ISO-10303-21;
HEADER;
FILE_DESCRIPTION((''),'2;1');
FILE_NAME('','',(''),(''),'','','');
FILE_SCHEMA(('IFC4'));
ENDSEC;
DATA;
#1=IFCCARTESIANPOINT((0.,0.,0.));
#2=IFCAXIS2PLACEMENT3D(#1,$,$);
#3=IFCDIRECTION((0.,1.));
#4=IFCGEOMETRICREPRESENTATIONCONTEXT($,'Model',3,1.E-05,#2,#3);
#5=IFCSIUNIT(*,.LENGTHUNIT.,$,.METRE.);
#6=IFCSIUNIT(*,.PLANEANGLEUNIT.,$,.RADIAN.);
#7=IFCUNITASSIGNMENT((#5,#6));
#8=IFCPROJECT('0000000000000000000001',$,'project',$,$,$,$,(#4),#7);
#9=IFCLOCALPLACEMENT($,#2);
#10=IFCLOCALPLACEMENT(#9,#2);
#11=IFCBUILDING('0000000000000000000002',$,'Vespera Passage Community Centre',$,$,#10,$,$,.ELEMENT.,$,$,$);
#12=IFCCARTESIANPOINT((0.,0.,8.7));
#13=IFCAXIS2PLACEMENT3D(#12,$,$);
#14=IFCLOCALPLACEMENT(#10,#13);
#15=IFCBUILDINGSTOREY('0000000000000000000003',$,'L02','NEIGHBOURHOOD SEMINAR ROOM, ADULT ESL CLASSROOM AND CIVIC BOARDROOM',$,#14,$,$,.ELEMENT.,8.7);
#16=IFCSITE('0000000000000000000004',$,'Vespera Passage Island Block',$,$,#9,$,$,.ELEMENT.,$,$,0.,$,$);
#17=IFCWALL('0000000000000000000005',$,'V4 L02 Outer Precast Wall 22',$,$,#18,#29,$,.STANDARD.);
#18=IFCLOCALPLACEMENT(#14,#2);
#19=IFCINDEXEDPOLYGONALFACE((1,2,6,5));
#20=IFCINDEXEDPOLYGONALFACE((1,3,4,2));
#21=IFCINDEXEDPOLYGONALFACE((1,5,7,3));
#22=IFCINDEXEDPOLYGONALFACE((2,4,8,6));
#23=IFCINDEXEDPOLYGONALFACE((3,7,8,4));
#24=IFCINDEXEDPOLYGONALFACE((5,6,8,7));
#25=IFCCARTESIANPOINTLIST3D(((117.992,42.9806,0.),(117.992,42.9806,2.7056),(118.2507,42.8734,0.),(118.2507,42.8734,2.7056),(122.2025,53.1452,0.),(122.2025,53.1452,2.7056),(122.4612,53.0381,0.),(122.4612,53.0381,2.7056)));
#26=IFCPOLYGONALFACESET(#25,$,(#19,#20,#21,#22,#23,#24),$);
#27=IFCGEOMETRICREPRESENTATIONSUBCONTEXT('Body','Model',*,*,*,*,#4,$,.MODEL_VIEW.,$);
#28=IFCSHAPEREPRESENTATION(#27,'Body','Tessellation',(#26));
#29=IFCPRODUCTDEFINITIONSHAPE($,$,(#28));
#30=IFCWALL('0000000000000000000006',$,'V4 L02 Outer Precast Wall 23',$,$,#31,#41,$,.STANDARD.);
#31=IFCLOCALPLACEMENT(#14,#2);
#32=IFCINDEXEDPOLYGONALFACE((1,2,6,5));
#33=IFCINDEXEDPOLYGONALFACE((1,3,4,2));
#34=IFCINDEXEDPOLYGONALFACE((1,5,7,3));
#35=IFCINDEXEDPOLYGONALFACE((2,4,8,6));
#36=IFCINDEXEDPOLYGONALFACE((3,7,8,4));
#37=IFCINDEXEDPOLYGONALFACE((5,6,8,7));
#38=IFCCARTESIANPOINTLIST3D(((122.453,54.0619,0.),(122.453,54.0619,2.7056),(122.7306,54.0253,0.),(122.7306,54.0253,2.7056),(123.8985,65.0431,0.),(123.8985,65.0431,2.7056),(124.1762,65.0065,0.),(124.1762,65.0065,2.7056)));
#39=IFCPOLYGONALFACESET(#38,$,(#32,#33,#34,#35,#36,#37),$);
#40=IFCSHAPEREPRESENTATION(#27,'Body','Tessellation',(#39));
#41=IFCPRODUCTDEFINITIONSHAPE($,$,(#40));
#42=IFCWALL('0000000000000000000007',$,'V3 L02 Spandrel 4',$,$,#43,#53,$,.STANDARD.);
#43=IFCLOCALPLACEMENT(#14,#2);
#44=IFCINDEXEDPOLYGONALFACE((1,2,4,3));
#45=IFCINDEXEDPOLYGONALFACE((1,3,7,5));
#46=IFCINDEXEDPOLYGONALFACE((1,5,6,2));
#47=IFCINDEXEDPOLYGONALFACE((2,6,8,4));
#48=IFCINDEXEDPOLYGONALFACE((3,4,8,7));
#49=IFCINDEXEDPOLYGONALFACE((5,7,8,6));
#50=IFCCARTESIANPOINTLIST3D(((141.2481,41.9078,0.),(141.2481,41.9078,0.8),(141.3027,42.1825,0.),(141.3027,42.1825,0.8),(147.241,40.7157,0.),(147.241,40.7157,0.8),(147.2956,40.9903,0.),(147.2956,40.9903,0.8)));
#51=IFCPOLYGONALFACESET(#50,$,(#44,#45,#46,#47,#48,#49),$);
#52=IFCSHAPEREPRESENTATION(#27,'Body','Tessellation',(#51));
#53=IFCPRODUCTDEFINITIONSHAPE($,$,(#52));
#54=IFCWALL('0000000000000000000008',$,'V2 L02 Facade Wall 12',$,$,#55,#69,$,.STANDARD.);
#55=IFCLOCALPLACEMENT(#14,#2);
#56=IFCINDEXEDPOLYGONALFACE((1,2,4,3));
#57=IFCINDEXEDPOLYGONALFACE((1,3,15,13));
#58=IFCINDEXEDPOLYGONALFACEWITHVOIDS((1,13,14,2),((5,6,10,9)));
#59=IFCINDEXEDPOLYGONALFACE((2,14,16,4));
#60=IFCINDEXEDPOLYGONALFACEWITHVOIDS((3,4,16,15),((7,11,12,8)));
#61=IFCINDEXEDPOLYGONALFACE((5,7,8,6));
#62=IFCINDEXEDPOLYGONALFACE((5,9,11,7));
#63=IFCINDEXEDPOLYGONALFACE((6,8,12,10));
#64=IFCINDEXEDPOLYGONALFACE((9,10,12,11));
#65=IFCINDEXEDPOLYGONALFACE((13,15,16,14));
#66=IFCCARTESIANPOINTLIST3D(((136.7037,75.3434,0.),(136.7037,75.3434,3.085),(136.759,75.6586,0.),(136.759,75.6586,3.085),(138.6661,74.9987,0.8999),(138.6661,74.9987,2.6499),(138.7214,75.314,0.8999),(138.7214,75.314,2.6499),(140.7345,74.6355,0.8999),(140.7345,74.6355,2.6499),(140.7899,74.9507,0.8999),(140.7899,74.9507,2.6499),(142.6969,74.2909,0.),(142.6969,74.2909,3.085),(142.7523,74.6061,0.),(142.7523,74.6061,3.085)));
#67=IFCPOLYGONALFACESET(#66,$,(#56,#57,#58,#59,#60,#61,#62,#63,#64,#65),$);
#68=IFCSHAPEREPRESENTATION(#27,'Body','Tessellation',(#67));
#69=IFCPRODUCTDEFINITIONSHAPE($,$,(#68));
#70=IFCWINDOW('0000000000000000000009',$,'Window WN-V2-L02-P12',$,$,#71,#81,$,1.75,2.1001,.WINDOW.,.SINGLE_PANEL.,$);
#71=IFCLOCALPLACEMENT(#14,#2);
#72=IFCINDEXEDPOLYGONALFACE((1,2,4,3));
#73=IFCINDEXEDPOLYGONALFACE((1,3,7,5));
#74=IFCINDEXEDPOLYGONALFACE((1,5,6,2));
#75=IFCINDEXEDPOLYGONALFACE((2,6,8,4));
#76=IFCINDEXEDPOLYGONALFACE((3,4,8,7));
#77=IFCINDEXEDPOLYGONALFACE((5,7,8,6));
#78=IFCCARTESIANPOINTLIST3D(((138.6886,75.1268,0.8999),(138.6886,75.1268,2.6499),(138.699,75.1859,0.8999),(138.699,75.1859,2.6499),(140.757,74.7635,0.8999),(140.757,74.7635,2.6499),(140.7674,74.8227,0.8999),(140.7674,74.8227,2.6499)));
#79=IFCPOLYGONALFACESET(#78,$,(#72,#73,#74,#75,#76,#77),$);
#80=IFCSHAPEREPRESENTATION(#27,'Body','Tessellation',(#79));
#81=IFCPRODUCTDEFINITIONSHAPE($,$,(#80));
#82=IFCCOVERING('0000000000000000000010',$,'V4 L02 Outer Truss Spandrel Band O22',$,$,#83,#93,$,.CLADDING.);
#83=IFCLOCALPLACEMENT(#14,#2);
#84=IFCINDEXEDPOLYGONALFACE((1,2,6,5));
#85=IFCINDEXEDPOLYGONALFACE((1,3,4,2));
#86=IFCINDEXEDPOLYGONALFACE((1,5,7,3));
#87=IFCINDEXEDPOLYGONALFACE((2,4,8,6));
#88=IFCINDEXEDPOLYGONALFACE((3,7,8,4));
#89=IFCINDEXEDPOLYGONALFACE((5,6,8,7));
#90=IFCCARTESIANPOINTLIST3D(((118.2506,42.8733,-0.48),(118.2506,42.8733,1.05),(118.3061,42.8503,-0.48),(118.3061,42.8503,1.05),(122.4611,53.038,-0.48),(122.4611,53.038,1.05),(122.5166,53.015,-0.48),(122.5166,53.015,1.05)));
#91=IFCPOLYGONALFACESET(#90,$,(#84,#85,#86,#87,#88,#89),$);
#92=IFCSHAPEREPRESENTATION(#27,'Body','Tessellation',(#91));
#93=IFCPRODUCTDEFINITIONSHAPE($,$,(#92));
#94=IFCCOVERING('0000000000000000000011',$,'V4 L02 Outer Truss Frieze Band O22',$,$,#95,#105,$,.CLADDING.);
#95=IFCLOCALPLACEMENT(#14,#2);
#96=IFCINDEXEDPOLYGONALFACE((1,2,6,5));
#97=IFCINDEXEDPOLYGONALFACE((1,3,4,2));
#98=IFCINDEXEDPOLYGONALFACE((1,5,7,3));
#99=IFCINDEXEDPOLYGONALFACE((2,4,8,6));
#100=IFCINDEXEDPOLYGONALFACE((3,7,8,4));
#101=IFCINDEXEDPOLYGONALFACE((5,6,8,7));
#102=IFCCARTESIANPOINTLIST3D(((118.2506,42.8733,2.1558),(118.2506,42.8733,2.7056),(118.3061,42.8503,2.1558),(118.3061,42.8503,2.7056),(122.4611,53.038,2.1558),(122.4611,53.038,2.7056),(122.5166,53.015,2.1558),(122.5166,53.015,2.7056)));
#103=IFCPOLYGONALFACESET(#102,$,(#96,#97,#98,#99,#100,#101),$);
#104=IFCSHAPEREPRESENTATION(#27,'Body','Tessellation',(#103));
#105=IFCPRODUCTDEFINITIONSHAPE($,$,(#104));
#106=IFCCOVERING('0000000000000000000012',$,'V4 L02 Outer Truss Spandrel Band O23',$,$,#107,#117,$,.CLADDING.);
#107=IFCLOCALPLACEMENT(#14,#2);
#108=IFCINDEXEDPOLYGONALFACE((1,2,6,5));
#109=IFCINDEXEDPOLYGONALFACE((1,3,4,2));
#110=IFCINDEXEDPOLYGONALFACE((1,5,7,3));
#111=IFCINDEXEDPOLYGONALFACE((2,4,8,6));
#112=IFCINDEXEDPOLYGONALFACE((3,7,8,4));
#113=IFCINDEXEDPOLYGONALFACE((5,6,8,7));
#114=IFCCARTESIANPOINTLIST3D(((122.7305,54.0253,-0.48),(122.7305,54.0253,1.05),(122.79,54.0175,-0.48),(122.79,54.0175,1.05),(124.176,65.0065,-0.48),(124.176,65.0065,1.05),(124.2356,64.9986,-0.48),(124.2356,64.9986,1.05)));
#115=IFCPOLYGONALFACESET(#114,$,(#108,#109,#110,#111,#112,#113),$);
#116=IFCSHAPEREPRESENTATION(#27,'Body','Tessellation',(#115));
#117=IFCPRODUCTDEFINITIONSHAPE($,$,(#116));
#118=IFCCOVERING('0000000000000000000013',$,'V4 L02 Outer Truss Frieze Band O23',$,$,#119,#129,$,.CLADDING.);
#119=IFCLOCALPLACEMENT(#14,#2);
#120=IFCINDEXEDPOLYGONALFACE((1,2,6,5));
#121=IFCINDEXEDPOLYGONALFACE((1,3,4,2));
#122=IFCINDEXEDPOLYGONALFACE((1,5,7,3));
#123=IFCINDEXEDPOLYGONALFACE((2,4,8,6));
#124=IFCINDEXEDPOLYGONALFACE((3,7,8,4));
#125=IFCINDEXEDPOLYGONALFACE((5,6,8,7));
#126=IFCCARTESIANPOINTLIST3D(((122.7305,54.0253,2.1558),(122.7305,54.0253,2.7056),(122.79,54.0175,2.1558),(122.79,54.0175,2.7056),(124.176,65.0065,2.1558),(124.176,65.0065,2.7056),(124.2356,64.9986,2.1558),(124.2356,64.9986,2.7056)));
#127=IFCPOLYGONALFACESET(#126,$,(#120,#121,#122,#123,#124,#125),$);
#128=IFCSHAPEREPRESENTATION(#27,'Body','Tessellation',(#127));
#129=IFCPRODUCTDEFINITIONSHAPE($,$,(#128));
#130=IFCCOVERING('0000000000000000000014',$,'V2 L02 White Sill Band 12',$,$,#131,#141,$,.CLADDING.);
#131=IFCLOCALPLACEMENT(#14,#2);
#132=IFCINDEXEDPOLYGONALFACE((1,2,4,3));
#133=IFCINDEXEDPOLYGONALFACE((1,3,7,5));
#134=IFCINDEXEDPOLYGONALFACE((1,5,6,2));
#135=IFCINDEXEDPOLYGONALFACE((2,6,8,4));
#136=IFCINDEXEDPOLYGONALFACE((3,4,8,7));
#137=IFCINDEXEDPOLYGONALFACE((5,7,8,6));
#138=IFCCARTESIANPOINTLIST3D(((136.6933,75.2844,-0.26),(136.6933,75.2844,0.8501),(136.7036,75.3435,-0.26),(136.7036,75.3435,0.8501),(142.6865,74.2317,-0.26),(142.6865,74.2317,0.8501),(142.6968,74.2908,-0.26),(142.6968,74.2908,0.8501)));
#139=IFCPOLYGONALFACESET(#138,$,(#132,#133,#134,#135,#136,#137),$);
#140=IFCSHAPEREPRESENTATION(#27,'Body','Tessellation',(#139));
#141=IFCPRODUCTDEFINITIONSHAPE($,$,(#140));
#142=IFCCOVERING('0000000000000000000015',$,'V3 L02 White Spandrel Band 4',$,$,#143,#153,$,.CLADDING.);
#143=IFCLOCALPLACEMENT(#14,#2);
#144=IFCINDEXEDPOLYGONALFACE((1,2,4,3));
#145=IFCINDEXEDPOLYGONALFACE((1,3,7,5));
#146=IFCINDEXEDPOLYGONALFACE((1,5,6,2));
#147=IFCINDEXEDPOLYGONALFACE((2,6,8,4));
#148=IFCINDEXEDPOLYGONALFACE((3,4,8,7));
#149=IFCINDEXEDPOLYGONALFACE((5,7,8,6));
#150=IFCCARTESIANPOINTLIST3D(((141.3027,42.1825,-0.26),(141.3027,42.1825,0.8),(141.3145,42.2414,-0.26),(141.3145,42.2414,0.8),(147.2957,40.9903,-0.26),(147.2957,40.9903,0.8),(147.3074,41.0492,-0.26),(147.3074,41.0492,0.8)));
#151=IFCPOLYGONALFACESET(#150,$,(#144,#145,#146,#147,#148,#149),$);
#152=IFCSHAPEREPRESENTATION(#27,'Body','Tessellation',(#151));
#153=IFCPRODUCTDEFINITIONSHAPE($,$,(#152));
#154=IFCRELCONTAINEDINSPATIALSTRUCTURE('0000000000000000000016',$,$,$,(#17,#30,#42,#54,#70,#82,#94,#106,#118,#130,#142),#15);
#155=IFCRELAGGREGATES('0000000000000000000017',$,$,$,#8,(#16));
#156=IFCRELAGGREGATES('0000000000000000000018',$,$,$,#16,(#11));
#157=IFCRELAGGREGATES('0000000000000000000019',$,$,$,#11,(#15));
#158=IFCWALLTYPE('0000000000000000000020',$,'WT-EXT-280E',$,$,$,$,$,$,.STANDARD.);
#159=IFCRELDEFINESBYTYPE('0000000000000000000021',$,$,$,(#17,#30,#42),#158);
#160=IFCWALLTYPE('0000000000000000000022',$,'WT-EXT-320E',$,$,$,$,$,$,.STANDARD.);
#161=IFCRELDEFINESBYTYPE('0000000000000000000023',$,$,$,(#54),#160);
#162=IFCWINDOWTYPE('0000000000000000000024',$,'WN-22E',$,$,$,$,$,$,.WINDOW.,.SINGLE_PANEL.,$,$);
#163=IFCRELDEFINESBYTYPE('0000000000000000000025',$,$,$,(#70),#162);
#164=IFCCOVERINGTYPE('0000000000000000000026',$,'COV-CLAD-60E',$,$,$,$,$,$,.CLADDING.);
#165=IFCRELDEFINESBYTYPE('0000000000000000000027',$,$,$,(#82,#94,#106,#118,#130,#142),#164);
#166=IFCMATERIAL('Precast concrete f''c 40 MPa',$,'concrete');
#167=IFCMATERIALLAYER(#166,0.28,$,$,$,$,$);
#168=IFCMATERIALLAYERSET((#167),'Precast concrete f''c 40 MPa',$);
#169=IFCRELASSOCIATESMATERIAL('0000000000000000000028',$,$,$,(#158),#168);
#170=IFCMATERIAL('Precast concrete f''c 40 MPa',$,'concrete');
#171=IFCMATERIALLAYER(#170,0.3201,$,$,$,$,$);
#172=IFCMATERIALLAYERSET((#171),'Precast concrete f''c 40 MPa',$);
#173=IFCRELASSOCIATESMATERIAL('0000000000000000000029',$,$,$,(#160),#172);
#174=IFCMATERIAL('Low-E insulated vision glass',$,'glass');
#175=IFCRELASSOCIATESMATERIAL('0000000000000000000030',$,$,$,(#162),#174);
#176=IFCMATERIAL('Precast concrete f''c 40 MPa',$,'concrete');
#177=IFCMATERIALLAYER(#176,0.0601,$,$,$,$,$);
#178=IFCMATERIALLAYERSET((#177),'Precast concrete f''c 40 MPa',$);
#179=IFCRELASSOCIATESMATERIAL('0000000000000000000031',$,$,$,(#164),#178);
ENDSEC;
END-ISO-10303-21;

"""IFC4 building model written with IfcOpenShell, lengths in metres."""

from ifc_helpers import new_model, si_unit, direction, frame, frame_2d, origin, place, context, subcontext, project, spatial, rectangle, extrude, material, layer, layer_set, type_object, element, fill, save


model = new_model("IFC4")

# Units and contexts
model_context = context("Model", 3, precision=1e-05, world=origin(), true_north=direction((0.0, 1.0)))
body_context = subcontext(model_context, "Body", "Model", "MODEL_VIEW")
ifc_project = project(units=[si_unit("LENGTHUNIT", "METRE"), si_unit("PLANEANGLEUNIT", "RADIAN")], contexts=[model_context])

# Site, building, storey
site_placement = place(None, origin())
site = spatial("IfcSite", under=ifc_project, at=site_placement, Name="Vespera Passage Island Block", CompositionType="ELEMENT", RefElevation=0.0)
building_placement = place(site_placement, origin())
building = spatial("IfcBuilding", under=site, at=building_placement, Name="Vespera Passage Community Centre", CompositionType="ELEMENT")
storey_placement = place(building_placement, frame((0.0, 0.0, 8.7)))
storey = spatial("IfcBuildingStorey", under=building, at=storey_placement, Name="L02", Description="NEIGHBOURHOOD SEMINAR ROOM, ADULT ESL CLASSROOM AND CIVIC BOARDROOM", CompositionType="ELEMENT", Elevation=8.7)

# Walls
ifc_material_1 = material(Name="Precast concrete f'c 40 MPa", Category="concrete")
ifc_layer_1 = layer(ifc_material_1, 0.28)
ifc_layer_set_1 = layer_set([ifc_layer_1], Name="Precast concrete f'c 40 MPa")
wall_type_1 = type_object("IfcWallType", Name="WT-EXT-280E", PredefinedType="STANDARD", material=ifc_layer_set_1)
wall_1_placement = place(storey_placement, frame((122.3318, 53.0916, 0.0), z_axis=(0.0, 0.0, 1.0), x_axis=(-0.382695, -0.923875, 0.0)))
element("IfcWall", 1, at=wall_1_placement, inside=storey, type_object=wall_type_1, Name="V4 L02 Outer Precast Wall 22", PredefinedType="STANDARD", context=body_context, shape_type="SweptSolid", body=[
    extrude(rectangle(XDim=11.0022, YDim=0.28, at=frame_2d((5.501, 0.0))), origin(), (0.0, 0.0, 1.0), 2.7056),
])
wall_2_placement = place(storey_placement, frame((124.0374, 65.0249, 0.0), z_axis=(0.0, 0.0, 1.0), x_axis=(-0.130513, -0.991447, 0.0)))
element("IfcWall", 2, at=wall_2_placement, inside=storey, type_object=wall_type_1, Name="V4 L02 Outer Precast Wall 23", PredefinedType="STANDARD", context=body_context, shape_type="SweptSolid", body=[
    extrude(rectangle(XDim=11.0759, YDim=0.28, at=frame_2d((5.5381, 0.0))), origin(), (0.0, 0.0, 1.0), 2.7056),
])
wall_3_placement = place(storey_placement, frame((141.2754, 42.0452, 0.0), z_axis=(0.0, 0.0, 1.0), x_axis=(0.980783, -0.195102, 0.0)))
element("IfcWall", 3, at=wall_3_placement, inside=storey, type_object=wall_type_1, Name="V3 L02 Spandrel 4", PredefinedType="STANDARD", context=body_context, shape_type="SweptSolid", body=[
    extrude(rectangle(XDim=6.1104, YDim=0.28, at=frame_2d((3.0552, 0.0))), origin(), (0.0, 0.0, 1.0), 0.8),
])

# Wall, opening, window
ifc_material_2 = material(Name="Precast concrete f'c 40 MPa", Category="concrete")
ifc_layer_2 = layer(ifc_material_2, 0.3201)
ifc_layer_set_2 = layer_set([ifc_layer_2], Name="Precast concrete f'c 40 MPa")
wall_type_2 = type_object("IfcWallType", Name="WT-EXT-320E", PredefinedType="STANDARD", material=ifc_layer_set_2)
wall_4_placement = place(storey_placement, frame((142.7246, 74.4485, 0.0), z_axis=(0.0, 0.0, 1.0), x_axis=(-0.984927, 0.172968, 0.0)))
wall_4 = element("IfcWall", 4, at=wall_4_placement, inside=storey, type_object=wall_type_2, Name="V2 L02 Facade Wall 12", PredefinedType="STANDARD", context=body_context, shape_type="SweptSolid", body=[
    extrude(rectangle(XDim=6.085, YDim=0.3201, at=frame_2d((3.0425, 0.0))), origin(), (0.0, 0.0, 1.0), 3.085),
])
opening_placement = place(wall_4_placement, frame((1.9924, 0.0, 0.8999)))
opening = element("IfcOpeningElement", 5, at=opening_placement, cuts=wall_4, PredefinedType="OPENING", context=body_context, shape_type="SweptSolid", body=[
    extrude(rectangle(XDim=2.1001, YDim=1.75, at=frame_2d((1.05, 0.875))), frame((0.0, 0.1702, 0.0), z_axis=(0.0, -1.0, 0.0), x_axis=(1.0, 0.0, 0.0)), (0.0, 0.0, 1.0), 0.3401),
])
ifc_material_3 = material(Name="Low-E insulated vision glass", Category="glass")
window_type = type_object("IfcWindowType", Name="WN-22E", PartitioningType="SINGLE_PANEL", PredefinedType="WINDOW", material=ifc_material_3)
window_placement = place(opening_placement, origin())
window = element("IfcWindow", 6, at=window_placement, inside=storey, type_object=window_type, Name="Window WN-V2-L02-P12", OverallHeight=1.75, OverallWidth=2.1001, PartitioningType="SINGLE_PANEL", PredefinedType="WINDOW", context=body_context, shape_type="SweptSolid", body=[
    extrude(rectangle(XDim=2.1001, YDim=1.75, at=frame_2d((1.05, 0.875))), frame((0.0, 0.03, 0.0), z_axis=(0.0, -1.0, 0.0), x_axis=(1.0, 0.0, 0.0)), (0.0, 0.0, 1.0), 0.0601),
])
fill(opening, window)

# Coverings
ifc_material_4 = material(Name="Precast concrete f'c 40 MPa", Category="concrete")
ifc_layer_3 = layer(ifc_material_4, 0.0601)
ifc_layer_set_3 = layer_set([ifc_layer_3], Name="Precast concrete f'c 40 MPa")
covering_type = type_object("IfcCoveringType", Name="COV-CLAD-60E", PredefinedType="CLADDING", material=ifc_layer_set_3)
covering_1_placement = place(storey_placement, frame((122.4888, 53.0264, -0.48), z_axis=(0.0, 0.0, 1.0), x_axis=(-0.382695, -0.923875, 0.0)))
element("IfcCovering", 7, at=covering_1_placement, inside=storey, type_object=covering_type, Name="V4 L02 Outer Truss Spandrel Band O22", PredefinedType="CLADDING", context=body_context, shape_type="SweptSolid", body=[
    extrude(rectangle(XDim=11.0022, YDim=0.0601, at=frame_2d((5.501, 0.0))), origin(), (0.0, 0.0, 1.0), 1.53),
])
covering_2_placement = place(storey_placement, frame((122.4888, 53.0264, 2.1558), z_axis=(0.0, 0.0, 1.0), x_axis=(-0.382695, -0.923875, 0.0)))
element("IfcCovering", 8, at=covering_2_placement, inside=storey, type_object=covering_type, Name="V4 L02 Outer Truss Frieze Band O22", PredefinedType="CLADDING", context=body_context, shape_type="SweptSolid", body=[
    extrude(rectangle(XDim=11.0022, YDim=0.0601, at=frame_2d((5.501, 0.0))), origin(), (0.0, 0.0, 1.0), 0.5498),
])
covering_3_placement = place(storey_placement, frame((124.2058, 65.0027, -0.48), z_axis=(0.0, 0.0, 1.0), x_axis=(-0.130513, -0.991447, 0.0)))
element("IfcCovering", 9, at=covering_3_placement, inside=storey, type_object=covering_type, Name="V4 L02 Outer Truss Spandrel Band O23", PredefinedType="CLADDING", context=body_context, shape_type="SweptSolid", body=[
    extrude(rectangle(XDim=11.0759, YDim=0.0601, at=frame_2d((5.5381, 0.0))), origin(), (0.0, 0.0, 1.0), 1.53),
])
covering_4_placement = place(storey_placement, frame((124.2058, 65.0027, 2.1558), z_axis=(0.0, 0.0, 1.0), x_axis=(-0.130513, -0.991447, 0.0)))
element("IfcCovering", 10, at=covering_4_placement, inside=storey, type_object=covering_type, Name="V4 L02 Outer Truss Frieze Band O23", PredefinedType="CLADDING", context=body_context, shape_type="SweptSolid", body=[
    extrude(rectangle(XDim=11.0759, YDim=0.0601, at=frame_2d((5.5381, 0.0))), origin(), (0.0, 0.0, 1.0), 0.5498),
])
covering_5_placement = place(storey_placement, frame((142.6917, 74.2612, -0.26), z_axis=(0.0, 0.0, 1.0), x_axis=(-0.984921, 0.173007, 0.0)))
element("IfcCovering", 11, at=covering_5_placement, inside=storey, type_object=covering_type, Name="V2 L02 White Sill Band 12", PredefinedType="CLADDING", context=body_context, shape_type="SweptSolid", body=[
    extrude(rectangle(XDim=6.085, YDim=0.0601, at=frame_2d((3.0425, 0.0))), origin(), (0.0, 0.0, 1.0), 1.1101),
])
covering_6_placement = place(storey_placement, frame((141.3086, 42.2119, -0.26), z_axis=(0.0, 0.0, 1.0), x_axis=(0.980783, -0.195102, 0.0)))
element("IfcCovering", 12, at=covering_6_placement, inside=storey, type_object=covering_type, Name="V3 L02 White Spandrel Band 4", PredefinedType="CLADDING", context=body_context, shape_type="SweptSolid", body=[
    extrude(rectangle(XDim=6.1104, YDim=0.0601, at=frame_2d((3.0552, 0.0))), origin(), (0.0, 0.0, 1.0), 1.0601),
])

save(model, "model.ifc")
